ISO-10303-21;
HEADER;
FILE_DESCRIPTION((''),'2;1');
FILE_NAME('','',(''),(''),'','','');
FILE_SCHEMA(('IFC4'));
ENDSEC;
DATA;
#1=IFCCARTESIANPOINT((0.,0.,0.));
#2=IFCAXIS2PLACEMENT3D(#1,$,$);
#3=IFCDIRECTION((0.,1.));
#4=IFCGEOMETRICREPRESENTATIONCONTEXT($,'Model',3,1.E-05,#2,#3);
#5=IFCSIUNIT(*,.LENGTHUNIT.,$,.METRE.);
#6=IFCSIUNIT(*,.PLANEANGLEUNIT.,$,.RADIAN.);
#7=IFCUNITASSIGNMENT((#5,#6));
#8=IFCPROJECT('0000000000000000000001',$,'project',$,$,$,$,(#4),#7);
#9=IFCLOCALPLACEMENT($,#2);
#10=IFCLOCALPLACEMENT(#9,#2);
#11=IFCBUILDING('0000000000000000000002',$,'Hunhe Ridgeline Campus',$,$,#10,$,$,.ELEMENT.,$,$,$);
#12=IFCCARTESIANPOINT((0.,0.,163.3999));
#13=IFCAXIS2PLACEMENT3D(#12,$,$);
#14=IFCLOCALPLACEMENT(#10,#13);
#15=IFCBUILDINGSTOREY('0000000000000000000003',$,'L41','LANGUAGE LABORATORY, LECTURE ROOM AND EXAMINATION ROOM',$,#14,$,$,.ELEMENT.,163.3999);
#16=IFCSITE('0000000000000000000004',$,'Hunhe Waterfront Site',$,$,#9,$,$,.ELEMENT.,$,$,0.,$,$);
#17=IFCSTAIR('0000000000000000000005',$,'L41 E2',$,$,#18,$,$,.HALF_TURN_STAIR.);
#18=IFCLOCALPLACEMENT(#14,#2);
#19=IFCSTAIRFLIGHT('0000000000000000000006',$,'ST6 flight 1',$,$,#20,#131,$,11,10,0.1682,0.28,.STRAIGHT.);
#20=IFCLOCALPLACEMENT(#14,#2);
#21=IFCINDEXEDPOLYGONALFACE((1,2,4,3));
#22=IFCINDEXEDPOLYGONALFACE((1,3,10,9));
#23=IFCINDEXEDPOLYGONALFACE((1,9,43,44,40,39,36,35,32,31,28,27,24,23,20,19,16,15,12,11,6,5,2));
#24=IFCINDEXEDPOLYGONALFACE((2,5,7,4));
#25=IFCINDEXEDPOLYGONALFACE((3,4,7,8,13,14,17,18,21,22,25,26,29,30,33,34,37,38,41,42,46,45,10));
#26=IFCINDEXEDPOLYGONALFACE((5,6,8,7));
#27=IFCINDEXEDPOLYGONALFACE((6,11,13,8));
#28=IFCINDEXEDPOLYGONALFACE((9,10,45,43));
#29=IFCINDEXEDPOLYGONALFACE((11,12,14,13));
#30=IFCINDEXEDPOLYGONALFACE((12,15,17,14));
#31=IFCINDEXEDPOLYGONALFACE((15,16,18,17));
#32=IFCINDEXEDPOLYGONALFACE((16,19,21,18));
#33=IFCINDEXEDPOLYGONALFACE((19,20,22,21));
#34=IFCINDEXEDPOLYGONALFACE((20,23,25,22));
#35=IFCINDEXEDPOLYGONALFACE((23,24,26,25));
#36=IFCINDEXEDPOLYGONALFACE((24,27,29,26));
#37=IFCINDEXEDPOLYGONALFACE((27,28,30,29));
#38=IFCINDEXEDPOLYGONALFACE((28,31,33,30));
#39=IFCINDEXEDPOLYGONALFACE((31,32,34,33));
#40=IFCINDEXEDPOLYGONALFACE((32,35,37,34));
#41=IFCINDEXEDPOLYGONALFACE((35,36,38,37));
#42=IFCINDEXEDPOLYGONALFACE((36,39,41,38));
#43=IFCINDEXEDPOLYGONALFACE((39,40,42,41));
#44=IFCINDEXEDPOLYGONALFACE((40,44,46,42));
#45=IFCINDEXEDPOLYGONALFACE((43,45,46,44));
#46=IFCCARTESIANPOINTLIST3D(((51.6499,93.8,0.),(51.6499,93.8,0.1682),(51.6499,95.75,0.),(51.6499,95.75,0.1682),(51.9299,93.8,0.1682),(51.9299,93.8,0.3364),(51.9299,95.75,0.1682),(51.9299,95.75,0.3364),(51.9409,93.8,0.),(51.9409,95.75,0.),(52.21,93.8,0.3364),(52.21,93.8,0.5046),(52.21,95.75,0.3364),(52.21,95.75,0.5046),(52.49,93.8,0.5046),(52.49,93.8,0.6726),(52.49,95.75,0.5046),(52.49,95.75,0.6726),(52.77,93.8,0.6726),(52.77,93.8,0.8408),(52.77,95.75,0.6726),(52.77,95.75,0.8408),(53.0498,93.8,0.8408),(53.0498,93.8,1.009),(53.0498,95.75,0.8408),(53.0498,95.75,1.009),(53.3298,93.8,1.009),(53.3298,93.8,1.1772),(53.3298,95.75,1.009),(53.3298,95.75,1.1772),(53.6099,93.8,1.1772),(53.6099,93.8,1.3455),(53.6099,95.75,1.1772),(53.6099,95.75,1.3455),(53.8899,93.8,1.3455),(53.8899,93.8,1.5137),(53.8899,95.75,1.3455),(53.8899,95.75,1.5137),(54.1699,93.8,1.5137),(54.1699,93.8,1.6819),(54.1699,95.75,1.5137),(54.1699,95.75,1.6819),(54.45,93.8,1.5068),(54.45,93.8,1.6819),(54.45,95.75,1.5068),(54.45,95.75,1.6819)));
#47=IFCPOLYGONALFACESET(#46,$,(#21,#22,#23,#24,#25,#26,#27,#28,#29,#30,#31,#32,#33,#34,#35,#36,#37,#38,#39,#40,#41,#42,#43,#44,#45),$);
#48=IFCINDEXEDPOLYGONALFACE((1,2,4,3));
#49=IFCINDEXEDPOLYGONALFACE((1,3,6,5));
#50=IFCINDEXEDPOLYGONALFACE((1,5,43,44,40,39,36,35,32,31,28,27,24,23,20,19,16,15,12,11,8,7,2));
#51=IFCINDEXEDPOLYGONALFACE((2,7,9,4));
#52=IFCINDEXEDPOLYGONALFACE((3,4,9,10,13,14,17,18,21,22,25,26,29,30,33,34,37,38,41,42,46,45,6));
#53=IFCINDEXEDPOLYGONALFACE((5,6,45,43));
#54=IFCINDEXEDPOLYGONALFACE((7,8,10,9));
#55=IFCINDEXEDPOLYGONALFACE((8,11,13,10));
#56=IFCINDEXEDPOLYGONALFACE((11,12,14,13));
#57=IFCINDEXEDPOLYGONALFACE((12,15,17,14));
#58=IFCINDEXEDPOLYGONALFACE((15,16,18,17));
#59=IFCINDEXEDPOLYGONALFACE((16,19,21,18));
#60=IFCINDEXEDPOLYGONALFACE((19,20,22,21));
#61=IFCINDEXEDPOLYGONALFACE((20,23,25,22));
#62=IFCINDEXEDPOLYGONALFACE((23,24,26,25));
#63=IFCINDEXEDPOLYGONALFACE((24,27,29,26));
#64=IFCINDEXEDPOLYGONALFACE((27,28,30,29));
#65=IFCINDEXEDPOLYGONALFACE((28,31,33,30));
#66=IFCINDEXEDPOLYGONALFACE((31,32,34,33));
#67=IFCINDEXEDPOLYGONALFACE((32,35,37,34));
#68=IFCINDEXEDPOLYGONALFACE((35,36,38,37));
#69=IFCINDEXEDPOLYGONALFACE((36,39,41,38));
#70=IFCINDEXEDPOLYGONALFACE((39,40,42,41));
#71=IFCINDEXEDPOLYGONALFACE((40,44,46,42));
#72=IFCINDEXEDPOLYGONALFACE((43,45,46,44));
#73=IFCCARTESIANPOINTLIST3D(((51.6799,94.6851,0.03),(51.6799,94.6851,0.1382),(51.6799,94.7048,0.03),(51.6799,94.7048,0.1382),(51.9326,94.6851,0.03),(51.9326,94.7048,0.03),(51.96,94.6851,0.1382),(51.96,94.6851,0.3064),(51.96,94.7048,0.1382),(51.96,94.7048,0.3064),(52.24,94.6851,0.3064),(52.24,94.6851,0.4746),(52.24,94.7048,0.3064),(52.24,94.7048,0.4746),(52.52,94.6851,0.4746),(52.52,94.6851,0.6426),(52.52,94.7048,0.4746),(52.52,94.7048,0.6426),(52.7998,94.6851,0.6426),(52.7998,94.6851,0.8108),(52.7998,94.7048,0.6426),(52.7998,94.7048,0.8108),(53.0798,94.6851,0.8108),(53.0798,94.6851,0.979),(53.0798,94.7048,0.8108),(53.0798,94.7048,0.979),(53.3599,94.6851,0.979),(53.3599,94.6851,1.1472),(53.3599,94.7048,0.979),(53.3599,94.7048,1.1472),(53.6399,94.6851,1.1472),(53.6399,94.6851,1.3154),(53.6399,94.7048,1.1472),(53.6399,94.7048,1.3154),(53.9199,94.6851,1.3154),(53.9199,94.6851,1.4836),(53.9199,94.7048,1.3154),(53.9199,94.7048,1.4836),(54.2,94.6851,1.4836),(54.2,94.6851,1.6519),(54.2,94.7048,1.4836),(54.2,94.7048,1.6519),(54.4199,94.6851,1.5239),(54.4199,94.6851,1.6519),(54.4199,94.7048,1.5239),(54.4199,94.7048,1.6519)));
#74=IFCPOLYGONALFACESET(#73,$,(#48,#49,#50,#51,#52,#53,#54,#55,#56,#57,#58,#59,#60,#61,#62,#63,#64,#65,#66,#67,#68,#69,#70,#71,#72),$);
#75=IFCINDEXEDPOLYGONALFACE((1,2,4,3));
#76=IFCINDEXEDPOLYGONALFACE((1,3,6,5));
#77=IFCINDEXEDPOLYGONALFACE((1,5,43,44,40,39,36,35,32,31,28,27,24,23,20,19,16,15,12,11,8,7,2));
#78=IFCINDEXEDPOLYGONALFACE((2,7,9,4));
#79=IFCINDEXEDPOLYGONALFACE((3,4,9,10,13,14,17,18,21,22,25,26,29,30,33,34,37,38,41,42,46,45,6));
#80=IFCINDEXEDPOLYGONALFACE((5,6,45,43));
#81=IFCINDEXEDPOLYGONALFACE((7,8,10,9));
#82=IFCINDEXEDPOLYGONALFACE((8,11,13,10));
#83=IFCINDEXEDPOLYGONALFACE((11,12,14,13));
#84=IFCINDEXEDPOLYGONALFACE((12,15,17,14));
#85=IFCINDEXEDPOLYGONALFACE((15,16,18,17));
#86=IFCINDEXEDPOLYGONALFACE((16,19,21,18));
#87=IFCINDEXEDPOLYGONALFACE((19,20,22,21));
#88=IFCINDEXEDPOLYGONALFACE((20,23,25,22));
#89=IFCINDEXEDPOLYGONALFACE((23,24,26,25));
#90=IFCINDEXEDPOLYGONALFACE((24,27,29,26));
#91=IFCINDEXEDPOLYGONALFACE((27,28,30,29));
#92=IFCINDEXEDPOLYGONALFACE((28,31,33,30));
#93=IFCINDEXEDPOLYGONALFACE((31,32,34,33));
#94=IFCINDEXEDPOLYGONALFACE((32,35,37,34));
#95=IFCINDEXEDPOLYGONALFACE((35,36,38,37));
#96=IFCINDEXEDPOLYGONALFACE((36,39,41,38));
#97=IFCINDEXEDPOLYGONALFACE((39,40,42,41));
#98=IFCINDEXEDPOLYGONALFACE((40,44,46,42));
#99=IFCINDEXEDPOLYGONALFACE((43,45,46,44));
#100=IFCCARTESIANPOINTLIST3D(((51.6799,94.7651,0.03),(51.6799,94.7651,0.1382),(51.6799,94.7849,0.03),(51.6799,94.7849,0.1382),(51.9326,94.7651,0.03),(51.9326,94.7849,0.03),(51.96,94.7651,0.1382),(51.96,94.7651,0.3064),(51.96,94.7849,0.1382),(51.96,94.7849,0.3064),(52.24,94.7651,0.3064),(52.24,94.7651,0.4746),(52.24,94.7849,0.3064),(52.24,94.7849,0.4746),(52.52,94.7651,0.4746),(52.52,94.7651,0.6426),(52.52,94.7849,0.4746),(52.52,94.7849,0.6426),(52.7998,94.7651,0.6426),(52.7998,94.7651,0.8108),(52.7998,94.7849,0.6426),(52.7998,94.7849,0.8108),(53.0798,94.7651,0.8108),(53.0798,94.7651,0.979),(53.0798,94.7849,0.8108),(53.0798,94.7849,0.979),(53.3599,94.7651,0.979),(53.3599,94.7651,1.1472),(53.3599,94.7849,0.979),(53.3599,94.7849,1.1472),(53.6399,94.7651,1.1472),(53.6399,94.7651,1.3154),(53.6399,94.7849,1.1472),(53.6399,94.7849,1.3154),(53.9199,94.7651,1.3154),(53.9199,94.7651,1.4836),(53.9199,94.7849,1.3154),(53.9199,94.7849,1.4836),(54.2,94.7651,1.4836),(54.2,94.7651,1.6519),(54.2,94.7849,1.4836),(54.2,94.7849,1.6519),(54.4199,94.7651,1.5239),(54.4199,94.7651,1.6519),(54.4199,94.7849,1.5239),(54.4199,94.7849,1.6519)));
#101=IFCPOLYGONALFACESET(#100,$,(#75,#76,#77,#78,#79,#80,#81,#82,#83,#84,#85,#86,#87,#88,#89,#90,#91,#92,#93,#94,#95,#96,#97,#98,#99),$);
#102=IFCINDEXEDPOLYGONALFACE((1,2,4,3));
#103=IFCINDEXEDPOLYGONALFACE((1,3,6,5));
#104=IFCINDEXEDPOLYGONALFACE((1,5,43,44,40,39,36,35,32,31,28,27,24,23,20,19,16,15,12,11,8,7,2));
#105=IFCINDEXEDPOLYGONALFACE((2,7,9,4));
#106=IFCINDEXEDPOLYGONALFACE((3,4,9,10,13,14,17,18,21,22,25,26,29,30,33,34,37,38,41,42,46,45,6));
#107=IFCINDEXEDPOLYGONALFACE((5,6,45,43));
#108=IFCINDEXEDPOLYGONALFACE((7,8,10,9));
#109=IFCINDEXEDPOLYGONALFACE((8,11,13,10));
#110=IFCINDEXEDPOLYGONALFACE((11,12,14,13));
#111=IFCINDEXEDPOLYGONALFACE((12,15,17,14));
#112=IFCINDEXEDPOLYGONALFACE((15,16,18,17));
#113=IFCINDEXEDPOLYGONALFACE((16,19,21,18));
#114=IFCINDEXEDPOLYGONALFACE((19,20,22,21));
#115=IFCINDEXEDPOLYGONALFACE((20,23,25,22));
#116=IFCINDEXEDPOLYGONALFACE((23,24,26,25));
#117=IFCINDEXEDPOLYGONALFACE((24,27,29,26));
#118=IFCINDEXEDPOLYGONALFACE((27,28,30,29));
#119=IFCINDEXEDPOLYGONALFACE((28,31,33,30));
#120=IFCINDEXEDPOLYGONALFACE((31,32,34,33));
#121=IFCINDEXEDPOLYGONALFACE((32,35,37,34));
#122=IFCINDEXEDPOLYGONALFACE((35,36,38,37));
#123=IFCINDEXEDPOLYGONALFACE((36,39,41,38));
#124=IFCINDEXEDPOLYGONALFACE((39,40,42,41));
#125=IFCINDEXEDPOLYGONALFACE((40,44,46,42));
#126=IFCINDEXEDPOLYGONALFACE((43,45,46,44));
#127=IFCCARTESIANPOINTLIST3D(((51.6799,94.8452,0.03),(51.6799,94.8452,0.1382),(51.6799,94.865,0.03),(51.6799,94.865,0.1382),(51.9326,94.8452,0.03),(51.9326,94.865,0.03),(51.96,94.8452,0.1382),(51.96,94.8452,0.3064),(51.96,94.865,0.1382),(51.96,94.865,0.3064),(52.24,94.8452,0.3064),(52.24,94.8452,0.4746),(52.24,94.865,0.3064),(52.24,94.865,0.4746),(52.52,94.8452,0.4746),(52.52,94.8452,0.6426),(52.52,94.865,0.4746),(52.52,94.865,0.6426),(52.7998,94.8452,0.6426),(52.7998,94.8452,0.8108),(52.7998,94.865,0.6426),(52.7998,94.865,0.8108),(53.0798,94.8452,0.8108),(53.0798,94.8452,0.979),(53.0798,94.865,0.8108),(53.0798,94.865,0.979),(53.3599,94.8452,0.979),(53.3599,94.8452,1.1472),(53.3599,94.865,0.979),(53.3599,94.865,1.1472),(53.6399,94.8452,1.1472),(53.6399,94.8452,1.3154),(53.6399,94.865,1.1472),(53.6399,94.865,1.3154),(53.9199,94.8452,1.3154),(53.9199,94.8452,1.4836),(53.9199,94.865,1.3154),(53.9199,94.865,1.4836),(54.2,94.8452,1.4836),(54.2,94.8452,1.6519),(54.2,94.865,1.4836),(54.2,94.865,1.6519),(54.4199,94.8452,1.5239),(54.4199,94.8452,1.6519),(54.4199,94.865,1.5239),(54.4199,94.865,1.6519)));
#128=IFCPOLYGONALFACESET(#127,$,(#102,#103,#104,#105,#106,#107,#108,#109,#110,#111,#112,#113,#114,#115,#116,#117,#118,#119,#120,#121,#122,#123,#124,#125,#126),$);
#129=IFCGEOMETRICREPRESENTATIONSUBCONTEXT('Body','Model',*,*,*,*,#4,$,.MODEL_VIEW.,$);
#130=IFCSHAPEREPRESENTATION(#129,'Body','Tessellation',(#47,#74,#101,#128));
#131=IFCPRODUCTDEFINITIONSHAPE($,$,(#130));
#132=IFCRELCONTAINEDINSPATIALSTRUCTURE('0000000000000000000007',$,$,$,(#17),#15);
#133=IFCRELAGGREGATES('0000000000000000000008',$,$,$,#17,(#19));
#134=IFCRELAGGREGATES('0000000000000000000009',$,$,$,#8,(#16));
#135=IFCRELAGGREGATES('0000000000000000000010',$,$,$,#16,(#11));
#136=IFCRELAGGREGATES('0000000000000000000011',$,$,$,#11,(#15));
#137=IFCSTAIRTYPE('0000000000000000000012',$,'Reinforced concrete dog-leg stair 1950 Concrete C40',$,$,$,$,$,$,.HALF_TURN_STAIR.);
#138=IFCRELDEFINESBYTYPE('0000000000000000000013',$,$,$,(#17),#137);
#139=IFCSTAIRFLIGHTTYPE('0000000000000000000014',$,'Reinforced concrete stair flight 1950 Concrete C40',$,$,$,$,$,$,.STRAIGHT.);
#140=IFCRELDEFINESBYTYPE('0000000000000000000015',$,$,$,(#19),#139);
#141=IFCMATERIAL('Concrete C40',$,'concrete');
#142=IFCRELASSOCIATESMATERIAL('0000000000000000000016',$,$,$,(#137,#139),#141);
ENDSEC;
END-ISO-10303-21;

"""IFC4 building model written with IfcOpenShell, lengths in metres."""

from ifc_helpers import new_model, si_unit, direction, frame, origin, place, context, subcontext, project, spatial, polyline, outline, extrude, material, type_object, element, aggregate, save


model = new_model("IFC4")

# Units and contexts
model_context = context("Model", 3, precision=1e-05, world=origin(), true_north=direction((0.0, 1.0)))
body_context = subcontext(model_context, "Body", "Model", "MODEL_VIEW")
ifc_project = project(units=[si_unit("LENGTHUNIT", "METRE"), si_unit("PLANEANGLEUNIT", "RADIAN")], contexts=[model_context])

# Site, building, storey
site_placement = place(None, origin())
site = spatial("IfcSite", under=ifc_project, at=site_placement, Name="Hunhe Waterfront Site", CompositionType="ELEMENT", RefElevation=0.0)
building_placement = place(site_placement, origin())
building = spatial("IfcBuilding", under=site, at=building_placement, Name="Hunhe Ridgeline Campus", CompositionType="ELEMENT")
storey_placement = place(building_placement, frame((0.0, 0.0, 163.3999)))
storey = spatial("IfcBuildingStorey", under=building, at=storey_placement, Name="L41", Description="LANGUAGE LABORATORY, LECTURE ROOM AND EXAMINATION ROOM", CompositionType="ELEMENT", Elevation=163.3999)

# Shared definitions
ifc_material_1 = material(Name="Concrete C40", Category="concrete")
stair_type = type_object("IfcStairType", Name="Reinforced concrete dog-leg stair 1950 Concrete C40", PredefinedType="HALF_TURN_STAIR", material=ifc_material_1)
stair_flight_type = type_object("IfcStairFlightType", Name="Reinforced concrete stair flight 1950 Concrete C40", PredefinedType="STRAIGHT", material=ifc_material_1)

# Stair, stair flight
stair_1_placement = place(storey_placement, origin())
stair_1 = element("IfcStair", 1, at=stair_1_placement, inside=storey, type_object=stair_type, Name="L41 E2", PredefinedType="HALF_TURN_STAIR")
stair_flight_1_placement = place(storey_placement, frame((51.6499, 94.7749, 0.0), z_axis=(0.0, 0.0, 1.0), x_axis=(1.0, 0.0, 0.0)))
stair_flight_1 = element("IfcStairFlight", 2, at=stair_flight_1_placement, type_object=stair_flight_type, Name="ST6 flight 1", NumberOfRisers=11, NumberOfTreads=10, PredefinedType="STRAIGHT", RiserHeight=0.1682, TreadLength=0.28, context=body_context, shape_type="SweptSolid", body=[
    extrude(outline(polyline([(0.0, 0.0), (0.0, 0.1682), (0.28, 0.1682), (0.28, 0.3364), (0.5601, 0.3364), (0.5601, 0.5046), (0.8401, 0.5046), (0.8401, 0.6726), (1.1201, 0.6726), (1.1201, 0.8408), (1.3999, 0.8408), (1.3999, 1.009), (1.6799, 1.009), (1.6799, 1.1772), (1.96, 1.1772), (1.96, 1.3455), (2.24, 1.3455), (2.24, 1.5137), (2.52, 1.5137), (2.52, 1.6819), (2.8, 1.6819), (2.8, 1.8501), (2.8, 1.5068), (0.291, 0.0), (0.0, 0.0)])), frame((0.0, 0.9751, 0.0), z_axis=(0.0, -1.0, 0.0), x_axis=(1.0, 0.0, 0.0)), (0.0, 0.0, 1.0), 1.95),
    extrude(outline(polyline([(0.03, 0.03), (0.03, 0.1382), (0.3101, 0.1382), (0.3101, 0.3064), (0.5901, 0.3064), (0.5901, 0.4746), (0.8701, 0.4746), (0.8701, 0.6426), (1.1499, 0.6426), (1.1499, 0.8108), (1.4299, 0.8108), (1.4299, 0.979), (1.71, 0.979), (1.71, 1.1472), (1.99, 1.1472), (1.99, 1.3154), (2.27, 1.3154), (2.27, 1.4836), (2.55, 1.4836), (2.55, 1.6519), (2.77, 1.6519), (2.77, 1.5239), (0.2827, 0.03), (0.03, 0.03)])), frame((0.0, -0.0701, 0.0), z_axis=(0.0, -1.0, 0.0), x_axis=(1.0, 0.0, 0.0)), (0.0, 0.0, 1.0), 0.0198),
    extrude(outline(polyline([(0.03, 0.03), (0.03, 0.1382), (0.3101, 0.1382), (0.3101, 0.3064), (0.5901, 0.3064), (0.5901, 0.4746), (0.8701, 0.4746), (0.8701, 0.6426), (1.1499, 0.6426), (1.1499, 0.8108), (1.4299, 0.8108), (1.4299, 0.979), (1.71, 0.979), (1.71, 1.1472), (1.99, 1.1472), (1.99, 1.3154), (2.27, 1.3154), (2.27, 1.4836), (2.55, 1.4836), (2.55, 1.6519), (2.77, 1.6519), (2.77, 1.5239), (0.2827, 0.03), (0.03, 0.03)])), frame((0.0, 0.01, 0.0), z_axis=(0.0, -1.0, 0.0), x_axis=(1.0, 0.0, 0.0)), (0.0, 0.0, 1.0), 0.0198),
    extrude(outline(polyline([(0.03, 0.03), (0.03, 0.1382), (0.3101, 0.1382), (0.3101, 0.3064), (0.5901, 0.3064), (0.5901, 0.4746), (0.8701, 0.4746), (0.8701, 0.6426), (1.1499, 0.6426), (1.1499, 0.8108), (1.4299, 0.8108), (1.4299, 0.979), (1.71, 0.979), (1.71, 1.1472), (1.99, 1.1472), (1.99, 1.3154), (2.27, 1.3154), (2.27, 1.4836), (2.55, 1.4836), (2.55, 1.6519), (2.77, 1.6519), (2.77, 1.5239), (0.2827, 0.03), (0.03, 0.03)])), frame((0.0, 0.0901, 0.0), z_axis=(0.0, -1.0, 0.0), x_axis=(1.0, 0.0, 0.0)), (0.0, 0.0, 1.0), 0.0198),
])
aggregate(stair_1, [stair_flight_1])

save(model, "model.ifc")
